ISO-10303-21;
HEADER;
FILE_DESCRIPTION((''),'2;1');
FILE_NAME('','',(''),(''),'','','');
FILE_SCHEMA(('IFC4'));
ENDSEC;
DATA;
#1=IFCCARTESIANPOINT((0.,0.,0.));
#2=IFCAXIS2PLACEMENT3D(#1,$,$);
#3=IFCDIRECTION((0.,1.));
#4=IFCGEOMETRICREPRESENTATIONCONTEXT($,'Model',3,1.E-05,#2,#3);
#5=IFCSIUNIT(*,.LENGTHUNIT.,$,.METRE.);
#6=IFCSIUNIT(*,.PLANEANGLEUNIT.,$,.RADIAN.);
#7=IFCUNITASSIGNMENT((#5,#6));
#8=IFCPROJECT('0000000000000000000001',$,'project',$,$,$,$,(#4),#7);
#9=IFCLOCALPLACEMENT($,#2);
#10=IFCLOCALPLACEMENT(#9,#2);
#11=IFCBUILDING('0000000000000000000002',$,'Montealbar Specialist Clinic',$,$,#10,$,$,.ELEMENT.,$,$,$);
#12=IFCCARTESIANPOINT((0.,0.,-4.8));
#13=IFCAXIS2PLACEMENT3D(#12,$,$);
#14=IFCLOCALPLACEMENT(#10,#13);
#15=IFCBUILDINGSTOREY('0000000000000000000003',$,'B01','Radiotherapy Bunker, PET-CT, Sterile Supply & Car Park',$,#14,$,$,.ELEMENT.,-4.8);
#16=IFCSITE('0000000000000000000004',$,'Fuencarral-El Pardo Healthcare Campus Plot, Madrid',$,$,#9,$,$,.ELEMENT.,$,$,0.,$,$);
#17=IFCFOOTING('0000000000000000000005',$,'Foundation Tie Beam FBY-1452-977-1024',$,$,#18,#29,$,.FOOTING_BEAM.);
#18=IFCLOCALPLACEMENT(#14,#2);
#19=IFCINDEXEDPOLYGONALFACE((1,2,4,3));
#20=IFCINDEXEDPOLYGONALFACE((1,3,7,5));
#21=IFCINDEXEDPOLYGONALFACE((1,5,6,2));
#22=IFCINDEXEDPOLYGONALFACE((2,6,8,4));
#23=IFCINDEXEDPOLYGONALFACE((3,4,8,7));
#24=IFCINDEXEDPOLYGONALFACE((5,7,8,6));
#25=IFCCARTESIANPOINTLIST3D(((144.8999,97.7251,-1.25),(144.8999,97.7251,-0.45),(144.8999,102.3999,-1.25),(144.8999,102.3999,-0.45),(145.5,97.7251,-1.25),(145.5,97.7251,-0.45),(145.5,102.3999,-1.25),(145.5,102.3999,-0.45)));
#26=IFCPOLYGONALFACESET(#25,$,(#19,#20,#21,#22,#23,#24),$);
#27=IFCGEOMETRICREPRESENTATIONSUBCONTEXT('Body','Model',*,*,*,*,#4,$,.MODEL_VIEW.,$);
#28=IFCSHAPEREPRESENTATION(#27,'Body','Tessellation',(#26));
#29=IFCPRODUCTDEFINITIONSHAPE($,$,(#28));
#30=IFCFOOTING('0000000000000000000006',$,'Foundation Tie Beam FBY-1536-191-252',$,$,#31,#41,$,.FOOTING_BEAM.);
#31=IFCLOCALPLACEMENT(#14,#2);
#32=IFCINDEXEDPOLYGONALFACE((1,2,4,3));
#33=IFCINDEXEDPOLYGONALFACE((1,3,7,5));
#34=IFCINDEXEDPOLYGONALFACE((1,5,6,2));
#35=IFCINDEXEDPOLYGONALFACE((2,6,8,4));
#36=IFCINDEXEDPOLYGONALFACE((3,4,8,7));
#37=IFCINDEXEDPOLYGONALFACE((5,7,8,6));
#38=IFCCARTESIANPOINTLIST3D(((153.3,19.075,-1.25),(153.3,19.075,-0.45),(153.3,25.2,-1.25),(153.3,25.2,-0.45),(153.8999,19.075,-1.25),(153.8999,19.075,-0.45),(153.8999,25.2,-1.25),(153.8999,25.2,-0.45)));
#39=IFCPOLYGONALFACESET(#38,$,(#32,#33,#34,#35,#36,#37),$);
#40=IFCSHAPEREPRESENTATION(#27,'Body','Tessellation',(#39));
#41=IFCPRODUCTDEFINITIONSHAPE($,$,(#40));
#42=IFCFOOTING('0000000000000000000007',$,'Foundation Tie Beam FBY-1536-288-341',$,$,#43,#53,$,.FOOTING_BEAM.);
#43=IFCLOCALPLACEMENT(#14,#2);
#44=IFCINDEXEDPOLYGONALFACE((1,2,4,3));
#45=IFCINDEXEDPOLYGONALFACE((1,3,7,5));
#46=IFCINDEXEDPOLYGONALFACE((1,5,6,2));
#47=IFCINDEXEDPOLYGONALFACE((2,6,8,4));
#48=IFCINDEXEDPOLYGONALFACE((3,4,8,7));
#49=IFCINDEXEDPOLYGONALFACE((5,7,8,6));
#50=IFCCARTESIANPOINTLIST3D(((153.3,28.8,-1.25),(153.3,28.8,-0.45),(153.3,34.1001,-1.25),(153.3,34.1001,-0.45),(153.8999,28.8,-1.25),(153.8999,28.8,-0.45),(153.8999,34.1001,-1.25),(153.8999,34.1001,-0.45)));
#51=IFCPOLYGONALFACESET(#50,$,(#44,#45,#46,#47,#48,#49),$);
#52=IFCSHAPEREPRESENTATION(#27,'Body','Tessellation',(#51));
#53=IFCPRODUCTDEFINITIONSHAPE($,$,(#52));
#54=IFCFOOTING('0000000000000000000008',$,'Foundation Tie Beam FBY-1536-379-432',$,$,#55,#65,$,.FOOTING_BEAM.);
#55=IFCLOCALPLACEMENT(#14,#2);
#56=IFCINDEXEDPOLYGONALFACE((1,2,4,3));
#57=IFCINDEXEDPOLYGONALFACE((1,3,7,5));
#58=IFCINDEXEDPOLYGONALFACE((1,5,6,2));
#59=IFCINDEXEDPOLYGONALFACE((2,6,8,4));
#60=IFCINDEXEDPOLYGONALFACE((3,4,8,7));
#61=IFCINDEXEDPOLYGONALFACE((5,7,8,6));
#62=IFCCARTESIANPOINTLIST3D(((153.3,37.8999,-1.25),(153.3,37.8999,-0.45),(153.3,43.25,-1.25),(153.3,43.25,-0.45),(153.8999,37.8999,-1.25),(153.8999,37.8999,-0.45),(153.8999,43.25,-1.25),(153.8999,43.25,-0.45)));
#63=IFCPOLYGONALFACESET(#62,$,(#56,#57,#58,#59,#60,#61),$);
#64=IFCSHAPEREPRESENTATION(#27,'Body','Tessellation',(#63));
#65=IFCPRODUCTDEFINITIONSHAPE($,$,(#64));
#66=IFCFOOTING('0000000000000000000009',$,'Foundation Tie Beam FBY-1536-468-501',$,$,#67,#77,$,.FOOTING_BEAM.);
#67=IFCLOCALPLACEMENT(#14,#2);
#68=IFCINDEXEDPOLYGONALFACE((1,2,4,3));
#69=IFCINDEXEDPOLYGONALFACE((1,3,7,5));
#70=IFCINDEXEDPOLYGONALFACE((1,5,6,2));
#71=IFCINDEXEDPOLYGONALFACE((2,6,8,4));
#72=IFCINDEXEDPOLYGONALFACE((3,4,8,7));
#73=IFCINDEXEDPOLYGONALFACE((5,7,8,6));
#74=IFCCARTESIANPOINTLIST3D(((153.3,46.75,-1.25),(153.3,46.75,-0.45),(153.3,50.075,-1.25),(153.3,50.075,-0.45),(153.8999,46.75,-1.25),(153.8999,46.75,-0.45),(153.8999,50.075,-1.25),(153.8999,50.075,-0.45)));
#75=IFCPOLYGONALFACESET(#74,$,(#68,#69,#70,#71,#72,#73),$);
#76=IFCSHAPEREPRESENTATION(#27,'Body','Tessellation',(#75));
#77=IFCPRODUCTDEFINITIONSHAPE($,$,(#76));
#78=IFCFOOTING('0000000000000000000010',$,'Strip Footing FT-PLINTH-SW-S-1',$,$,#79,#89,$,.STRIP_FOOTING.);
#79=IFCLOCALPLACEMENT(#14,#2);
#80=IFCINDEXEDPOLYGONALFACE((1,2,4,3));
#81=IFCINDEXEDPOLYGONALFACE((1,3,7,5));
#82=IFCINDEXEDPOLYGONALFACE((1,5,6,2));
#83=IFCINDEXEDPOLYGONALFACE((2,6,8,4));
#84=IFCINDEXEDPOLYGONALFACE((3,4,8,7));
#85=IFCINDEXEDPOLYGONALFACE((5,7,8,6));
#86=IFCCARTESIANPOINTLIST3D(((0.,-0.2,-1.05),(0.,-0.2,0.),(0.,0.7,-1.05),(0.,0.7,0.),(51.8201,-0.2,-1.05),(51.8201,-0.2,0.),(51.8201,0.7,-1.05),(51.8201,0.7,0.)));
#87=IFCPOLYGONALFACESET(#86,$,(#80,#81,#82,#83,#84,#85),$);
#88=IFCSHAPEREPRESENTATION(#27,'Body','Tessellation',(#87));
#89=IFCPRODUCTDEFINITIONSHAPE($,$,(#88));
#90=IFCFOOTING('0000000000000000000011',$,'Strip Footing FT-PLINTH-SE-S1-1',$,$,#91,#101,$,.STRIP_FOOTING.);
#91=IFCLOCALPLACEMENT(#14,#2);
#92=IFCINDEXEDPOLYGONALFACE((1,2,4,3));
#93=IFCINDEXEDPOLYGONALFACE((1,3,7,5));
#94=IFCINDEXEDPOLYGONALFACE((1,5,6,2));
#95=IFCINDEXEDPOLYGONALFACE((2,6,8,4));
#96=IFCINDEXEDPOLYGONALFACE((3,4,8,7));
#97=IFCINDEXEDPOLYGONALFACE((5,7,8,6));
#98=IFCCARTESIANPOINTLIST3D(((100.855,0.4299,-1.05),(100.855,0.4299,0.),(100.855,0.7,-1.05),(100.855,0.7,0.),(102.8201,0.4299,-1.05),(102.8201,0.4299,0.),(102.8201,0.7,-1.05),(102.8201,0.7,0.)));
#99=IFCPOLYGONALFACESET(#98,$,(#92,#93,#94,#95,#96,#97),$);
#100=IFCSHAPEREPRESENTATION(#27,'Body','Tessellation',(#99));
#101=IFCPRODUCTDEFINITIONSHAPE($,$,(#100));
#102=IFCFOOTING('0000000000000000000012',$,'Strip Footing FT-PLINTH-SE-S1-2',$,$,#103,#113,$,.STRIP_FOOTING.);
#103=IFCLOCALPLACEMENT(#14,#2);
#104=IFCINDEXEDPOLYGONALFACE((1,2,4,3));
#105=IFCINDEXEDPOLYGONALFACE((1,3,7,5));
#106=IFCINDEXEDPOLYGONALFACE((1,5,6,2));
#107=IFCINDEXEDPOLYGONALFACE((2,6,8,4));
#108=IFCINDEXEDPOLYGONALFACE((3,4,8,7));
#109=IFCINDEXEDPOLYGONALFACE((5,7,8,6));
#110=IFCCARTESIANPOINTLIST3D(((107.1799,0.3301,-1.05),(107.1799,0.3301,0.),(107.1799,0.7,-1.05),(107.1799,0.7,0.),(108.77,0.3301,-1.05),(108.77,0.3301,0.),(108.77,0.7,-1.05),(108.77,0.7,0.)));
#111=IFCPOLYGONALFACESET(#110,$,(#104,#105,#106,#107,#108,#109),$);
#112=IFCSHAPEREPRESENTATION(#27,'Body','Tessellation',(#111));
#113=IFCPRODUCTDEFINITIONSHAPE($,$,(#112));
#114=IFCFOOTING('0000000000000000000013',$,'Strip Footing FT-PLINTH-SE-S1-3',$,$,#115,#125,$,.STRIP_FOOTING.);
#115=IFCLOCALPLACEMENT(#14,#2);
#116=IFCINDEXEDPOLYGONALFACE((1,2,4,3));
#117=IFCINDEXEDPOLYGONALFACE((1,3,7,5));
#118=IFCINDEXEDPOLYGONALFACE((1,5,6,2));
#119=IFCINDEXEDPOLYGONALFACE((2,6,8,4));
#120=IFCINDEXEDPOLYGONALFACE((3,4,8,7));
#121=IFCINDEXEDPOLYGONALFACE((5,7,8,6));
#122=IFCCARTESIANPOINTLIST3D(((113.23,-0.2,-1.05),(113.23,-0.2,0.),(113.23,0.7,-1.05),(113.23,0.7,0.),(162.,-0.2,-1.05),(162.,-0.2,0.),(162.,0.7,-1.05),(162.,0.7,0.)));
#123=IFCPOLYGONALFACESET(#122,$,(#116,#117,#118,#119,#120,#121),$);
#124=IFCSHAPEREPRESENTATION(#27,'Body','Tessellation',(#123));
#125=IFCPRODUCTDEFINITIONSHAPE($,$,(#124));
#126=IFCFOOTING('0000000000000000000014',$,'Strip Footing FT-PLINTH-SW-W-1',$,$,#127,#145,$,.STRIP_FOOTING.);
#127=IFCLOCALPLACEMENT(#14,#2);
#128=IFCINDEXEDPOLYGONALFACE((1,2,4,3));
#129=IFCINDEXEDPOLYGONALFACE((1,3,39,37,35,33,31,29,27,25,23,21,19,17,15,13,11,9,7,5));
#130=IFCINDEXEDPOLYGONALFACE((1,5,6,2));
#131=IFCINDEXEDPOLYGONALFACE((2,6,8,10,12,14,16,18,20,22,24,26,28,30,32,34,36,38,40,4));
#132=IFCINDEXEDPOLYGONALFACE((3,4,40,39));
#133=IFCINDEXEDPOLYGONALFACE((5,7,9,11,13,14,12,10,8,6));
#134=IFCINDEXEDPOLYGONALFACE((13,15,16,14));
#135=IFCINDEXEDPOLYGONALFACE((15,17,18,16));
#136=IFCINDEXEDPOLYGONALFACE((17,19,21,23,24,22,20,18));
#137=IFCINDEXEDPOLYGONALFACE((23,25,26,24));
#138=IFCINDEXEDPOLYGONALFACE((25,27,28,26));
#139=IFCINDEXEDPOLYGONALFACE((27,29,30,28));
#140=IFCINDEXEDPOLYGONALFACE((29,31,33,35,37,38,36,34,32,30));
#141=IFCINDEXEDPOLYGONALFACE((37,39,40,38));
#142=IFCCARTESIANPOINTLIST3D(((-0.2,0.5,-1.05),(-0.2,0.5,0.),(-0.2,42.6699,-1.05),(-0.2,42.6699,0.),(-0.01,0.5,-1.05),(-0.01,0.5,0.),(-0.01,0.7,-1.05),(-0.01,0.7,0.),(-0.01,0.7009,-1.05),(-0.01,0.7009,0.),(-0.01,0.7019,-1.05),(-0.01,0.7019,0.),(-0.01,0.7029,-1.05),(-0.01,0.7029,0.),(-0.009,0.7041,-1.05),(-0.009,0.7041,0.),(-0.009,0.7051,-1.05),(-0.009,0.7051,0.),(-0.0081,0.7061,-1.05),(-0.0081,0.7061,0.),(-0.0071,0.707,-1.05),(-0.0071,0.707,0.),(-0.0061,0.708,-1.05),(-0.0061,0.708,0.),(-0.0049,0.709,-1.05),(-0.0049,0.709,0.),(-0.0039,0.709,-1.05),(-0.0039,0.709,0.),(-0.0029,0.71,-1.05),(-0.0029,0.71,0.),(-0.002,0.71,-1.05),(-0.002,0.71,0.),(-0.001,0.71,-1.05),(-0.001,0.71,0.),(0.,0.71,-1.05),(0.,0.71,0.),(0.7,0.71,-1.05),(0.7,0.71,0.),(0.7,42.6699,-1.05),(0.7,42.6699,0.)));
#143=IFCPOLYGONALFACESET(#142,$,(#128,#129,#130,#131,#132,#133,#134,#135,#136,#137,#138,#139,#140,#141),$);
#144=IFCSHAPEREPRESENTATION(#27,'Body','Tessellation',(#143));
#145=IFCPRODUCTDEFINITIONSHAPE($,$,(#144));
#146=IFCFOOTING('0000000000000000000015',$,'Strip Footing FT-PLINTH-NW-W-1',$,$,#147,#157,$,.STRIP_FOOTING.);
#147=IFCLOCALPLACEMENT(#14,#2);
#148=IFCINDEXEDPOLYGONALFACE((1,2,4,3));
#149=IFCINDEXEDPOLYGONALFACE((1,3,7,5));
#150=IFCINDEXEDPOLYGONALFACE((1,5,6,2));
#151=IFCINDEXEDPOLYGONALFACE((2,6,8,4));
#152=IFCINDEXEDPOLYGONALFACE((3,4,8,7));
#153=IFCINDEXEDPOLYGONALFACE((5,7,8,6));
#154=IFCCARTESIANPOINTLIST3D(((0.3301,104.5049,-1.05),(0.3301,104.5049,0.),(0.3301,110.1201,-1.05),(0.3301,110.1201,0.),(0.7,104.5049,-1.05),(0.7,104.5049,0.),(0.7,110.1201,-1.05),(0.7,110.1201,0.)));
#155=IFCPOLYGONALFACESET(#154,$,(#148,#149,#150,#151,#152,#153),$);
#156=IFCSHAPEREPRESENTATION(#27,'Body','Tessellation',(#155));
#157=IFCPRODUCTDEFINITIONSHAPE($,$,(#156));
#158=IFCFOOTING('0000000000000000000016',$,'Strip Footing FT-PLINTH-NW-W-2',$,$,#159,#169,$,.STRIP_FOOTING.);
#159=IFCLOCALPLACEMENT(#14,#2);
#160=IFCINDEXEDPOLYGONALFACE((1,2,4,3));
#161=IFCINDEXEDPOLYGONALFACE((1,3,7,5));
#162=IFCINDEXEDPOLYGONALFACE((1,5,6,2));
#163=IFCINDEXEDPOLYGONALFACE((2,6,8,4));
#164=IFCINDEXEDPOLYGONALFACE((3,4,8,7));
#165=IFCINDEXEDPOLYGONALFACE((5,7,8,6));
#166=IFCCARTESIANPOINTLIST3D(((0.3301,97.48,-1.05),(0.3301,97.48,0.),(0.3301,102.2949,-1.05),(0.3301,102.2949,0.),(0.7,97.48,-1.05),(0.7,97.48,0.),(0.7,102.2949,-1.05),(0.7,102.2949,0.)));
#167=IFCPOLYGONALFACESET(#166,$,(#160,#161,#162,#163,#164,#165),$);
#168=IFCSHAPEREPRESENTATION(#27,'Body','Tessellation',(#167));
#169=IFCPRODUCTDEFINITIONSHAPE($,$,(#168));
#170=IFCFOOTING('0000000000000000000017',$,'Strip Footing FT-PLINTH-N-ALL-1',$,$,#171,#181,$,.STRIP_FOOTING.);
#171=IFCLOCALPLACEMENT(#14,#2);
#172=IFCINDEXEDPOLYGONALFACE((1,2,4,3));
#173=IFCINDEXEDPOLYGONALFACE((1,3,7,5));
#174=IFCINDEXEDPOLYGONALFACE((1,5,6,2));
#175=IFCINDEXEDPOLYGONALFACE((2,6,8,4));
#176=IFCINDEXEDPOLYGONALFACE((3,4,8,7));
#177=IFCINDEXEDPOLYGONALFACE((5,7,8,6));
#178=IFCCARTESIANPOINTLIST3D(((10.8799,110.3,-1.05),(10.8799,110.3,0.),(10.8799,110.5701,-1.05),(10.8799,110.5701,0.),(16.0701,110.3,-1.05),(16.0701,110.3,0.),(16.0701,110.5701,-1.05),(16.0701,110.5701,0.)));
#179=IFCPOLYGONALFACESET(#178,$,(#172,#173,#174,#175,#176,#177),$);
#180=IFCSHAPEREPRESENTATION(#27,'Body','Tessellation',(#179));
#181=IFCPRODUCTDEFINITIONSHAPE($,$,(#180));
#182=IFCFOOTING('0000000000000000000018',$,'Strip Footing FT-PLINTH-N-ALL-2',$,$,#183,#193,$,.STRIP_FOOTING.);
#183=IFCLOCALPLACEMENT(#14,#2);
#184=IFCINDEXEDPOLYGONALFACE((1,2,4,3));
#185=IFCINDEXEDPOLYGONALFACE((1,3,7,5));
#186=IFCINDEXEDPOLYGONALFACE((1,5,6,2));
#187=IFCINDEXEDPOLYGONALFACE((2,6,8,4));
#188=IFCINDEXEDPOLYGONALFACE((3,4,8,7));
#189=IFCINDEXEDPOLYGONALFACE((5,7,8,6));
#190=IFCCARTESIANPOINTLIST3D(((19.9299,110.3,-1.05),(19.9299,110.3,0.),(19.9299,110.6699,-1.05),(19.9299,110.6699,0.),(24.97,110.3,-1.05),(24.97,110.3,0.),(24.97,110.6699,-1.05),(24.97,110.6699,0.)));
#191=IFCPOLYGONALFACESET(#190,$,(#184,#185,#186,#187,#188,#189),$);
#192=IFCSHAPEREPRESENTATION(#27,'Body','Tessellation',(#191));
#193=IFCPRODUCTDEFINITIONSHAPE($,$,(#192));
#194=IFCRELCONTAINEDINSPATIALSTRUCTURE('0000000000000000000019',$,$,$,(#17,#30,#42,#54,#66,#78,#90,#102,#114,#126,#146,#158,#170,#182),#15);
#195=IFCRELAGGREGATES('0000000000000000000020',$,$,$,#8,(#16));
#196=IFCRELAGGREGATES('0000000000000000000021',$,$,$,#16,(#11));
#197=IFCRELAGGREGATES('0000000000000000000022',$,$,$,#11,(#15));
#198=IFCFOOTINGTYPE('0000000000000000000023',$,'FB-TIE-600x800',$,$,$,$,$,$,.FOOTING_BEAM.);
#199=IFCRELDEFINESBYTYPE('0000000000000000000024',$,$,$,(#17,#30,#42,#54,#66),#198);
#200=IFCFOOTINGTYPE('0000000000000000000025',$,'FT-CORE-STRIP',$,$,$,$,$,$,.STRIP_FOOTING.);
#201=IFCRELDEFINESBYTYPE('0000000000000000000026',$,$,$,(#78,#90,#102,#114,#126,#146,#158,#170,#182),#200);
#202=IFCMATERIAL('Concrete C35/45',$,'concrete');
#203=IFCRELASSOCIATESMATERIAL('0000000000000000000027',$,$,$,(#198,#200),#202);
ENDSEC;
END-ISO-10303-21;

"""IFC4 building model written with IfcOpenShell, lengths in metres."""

from ifc_helpers import new_model, si_unit, direction, frame, origin, place, context, subcontext, project, spatial, polyline, outline, extrude, material, type_object, element, save


model = new_model("IFC4")

# Units and contexts
model_context = context("Model", 3, precision=1e-05, world=origin(), true_north=direction((0.0, 1.0)))
body_context = subcontext(model_context, "Body", "Model", "MODEL_VIEW")
ifc_project = project(units=[si_unit("LENGTHUNIT", "METRE"), si_unit("PLANEANGLEUNIT", "RADIAN")], contexts=[model_context])

# Site, building, storey
site_placement = place(None, origin())
site = spatial("IfcSite", under=ifc_project, at=site_placement, Name="Fuencarral-El Pardo Healthcare Campus Plot, Madrid", CompositionType="ELEMENT", RefElevation=0.0)
building_placement = place(site_placement, origin())
building = spatial("IfcBuilding", under=site, at=building_placement, Name="Montealbar Specialist Clinic", CompositionType="ELEMENT")
storey_placement = place(building_placement, frame((0.0, 0.0, -4.8)))
storey = spatial("IfcBuildingStorey", under=building, at=storey_placement, Name="B01", Description="Radiotherapy Bunker, PET-CT, Sterile Supply & Car Park", CompositionType="ELEMENT", Elevation=-4.8)

# Footings
ifc_material = material(Name="Concrete C35/45", Category="concrete")
footing_type_1 = type_object("IfcFootingType", Name="FB-TIE-600x800", PredefinedType="FOOTING_BEAM", material=ifc_material)
footing_1_placement = place(storey_placement, frame((0.0, 0.0, -1.25)))
element("IfcFooting", 1, at=footing_1_placement, inside=storey, type_object=footing_type_1, Name="Foundation Tie Beam FBY-1452-977-1024", PredefinedType="FOOTING_BEAM", context=body_context, shape_type="SweptSolid", body=[
    extrude(outline(polyline([(144.8999, 97.7251), (145.5, 97.7251), (145.5, 102.3999), (144.8999, 102.3999), (144.8999, 97.7251)])), origin(), (0.0, 0.0, 1.0), 0.8),
])
footing_2_placement = place(storey_placement, frame((0.0, 0.0, -1.25)))
element("IfcFooting", 2, at=footing_2_placement, inside=storey, type_object=footing_type_1, Name="Foundation Tie Beam FBY-1536-191-252", PredefinedType="FOOTING_BEAM", context=body_context, shape_type="SweptSolid", body=[
    extrude(outline(polyline([(153.3, 19.075), (153.8999, 19.075), (153.8999, 25.2), (153.3, 25.2), (153.3, 19.075)])), origin(), (0.0, 0.0, 1.0), 0.8),
])
footing_3_placement = place(storey_placement, frame((0.0, 0.0, -1.25)))
element("IfcFooting", 3, at=footing_3_placement, inside=storey, type_object=footing_type_1, Name="Foundation Tie Beam FBY-1536-288-341", PredefinedType="FOOTING_BEAM", context=body_context, shape_type="SweptSolid", body=[
    extrude(outline(polyline([(153.3, 28.8), (153.8999, 28.8), (153.8999, 34.1001), (153.3, 34.1001), (153.3, 28.8)])), origin(), (0.0, 0.0, 1.0), 0.8),
])
footing_4_placement = place(storey_placement, frame((0.0, 0.0, -1.25)))
element("IfcFooting", 4, at=footing_4_placement, inside=storey, type_object=footing_type_1, Name="Foundation Tie Beam FBY-1536-379-432", PredefinedType="FOOTING_BEAM", context=body_context, shape_type="SweptSolid", body=[
    extrude(outline(polyline([(153.3, 37.8999), (153.8999, 37.8999), (153.8999, 43.25), (153.3, 43.25), (153.3, 37.8999)])), origin(), (0.0, 0.0, 1.0), 0.8),
])
footing_5_placement = place(storey_placement, frame((0.0, 0.0, -1.25)))
element("IfcFooting", 5, at=footing_5_placement, inside=storey, type_object=footing_type_1, Name="Foundation Tie Beam FBY-1536-468-501", PredefinedType="FOOTING_BEAM", context=body_context, shape_type="SweptSolid", body=[
    extrude(outline(polyline([(153.3, 46.75), (153.8999, 46.75), (153.8999, 50.075), (153.3, 50.075), (153.3, 46.75)])), origin(), (0.0, 0.0, 1.0), 0.8),
])
footing_type_2 = type_object("IfcFootingType", Name="FT-CORE-STRIP", PredefinedType="STRIP_FOOTING", material=ifc_material)
footing_6_placement = place(storey_placement, frame((0.0, 0.0, -1.05)))
element("IfcFooting", 6, at=footing_6_placement, inside=storey, type_object=footing_type_2, Name="Strip Footing FT-PLINTH-SW-S-1", PredefinedType="STRIP_FOOTING", context=body_context, shape_type="SweptSolid", body=[
    extrude(outline(polyline([(0.0, 0.7), (51.8201, 0.7), (51.8201, -0.2), (0.0, -0.2), (0.0, 0.7)])), origin(), (0.0, 0.0, 1.0), 1.05),
])
footing_7_placement = place(storey_placement, frame((0.0, 0.0, -1.05)))
element("IfcFooting", 7, at=footing_7_placement, inside=storey, type_object=footing_type_2, Name="Strip Footing FT-PLINTH-SE-S1-1", PredefinedType="STRIP_FOOTING", context=body_context, shape_type="SweptSolid", body=[
    extrude(outline(polyline([(102.8201, 0.4299), (100.855, 0.4299), (100.855, 0.7), (102.8201, 0.7), (102.8201, 0.4299)])), origin(), (0.0, 0.0, 1.0), 1.05),
])
footing_8_placement = place(storey_placement, frame((0.0, 0.0, -1.05)))
element("IfcFooting", 8, at=footing_8_placement, inside=storey, type_object=footing_type_2, Name="Strip Footing FT-PLINTH-SE-S1-2", PredefinedType="STRIP_FOOTING", context=body_context, shape_type="SweptSolid", body=[
    extrude(outline(polyline([(108.77, 0.7), (108.77, 0.3301), (107.1799, 0.3301), (107.1799, 0.7), (108.77, 0.7)])), origin(), (0.0, 0.0, 1.0), 1.05),
])
footing_9_placement = place(storey_placement, frame((0.0, 0.0, -1.05)))
element("IfcFooting", 9, at=footing_9_placement, inside=storey, type_object=footing_type_2, Name="Strip Footing FT-PLINTH-SE-S1-3", PredefinedType="STRIP_FOOTING", context=body_context, shape_type="SweptSolid", body=[
    extrude(outline(polyline([(162.0, -0.2), (113.23, -0.2), (113.23, 0.7), (162.0, 0.7), (162.0, -0.2)])), origin(), (0.0, 0.0, 1.0), 1.05),
])
footing_10_placement = place(storey_placement, frame((0.0, 0.0, -1.05)))
element("IfcFooting", 10, at=footing_10_placement, inside=storey, type_object=footing_type_2, Name="Strip Footing FT-PLINTH-SW-W-1", PredefinedType="STRIP_FOOTING", context=body_context, shape_type="SweptSolid", body=[
    extrude(outline(polyline([(0.0, 0.71), (-0.001, 0.71), (-0.002, 0.71), (-0.0029, 0.71), (-0.0039, 0.709), (-0.0049, 0.709), (-0.0061, 0.708), (-0.0061, 0.708), (-0.0071, 0.707), (-0.0081, 0.7061), (-0.0081, 0.7061), (-0.009, 0.7051), (-0.009, 0.7041), (-0.01, 0.7029), (-0.01, 0.7019), (-0.01, 0.7009), (-0.01, 0.7), (-0.01, 0.5), (-0.2, 0.5), (-0.2, 42.6699), (0.7, 42.6699), (0.7, 0.71), (0.0, 0.71)])), origin(), (0.0, 0.0, 1.0), 1.05),
])
footing_11_placement = place(storey_placement, frame((0.0, 0.0, -1.05)))
element("IfcFooting", 11, at=footing_11_placement, inside=storey, type_object=footing_type_2, Name="Strip Footing FT-PLINTH-NW-W-1", PredefinedType="STRIP_FOOTING", context=body_context, shape_type="SweptSolid", body=[
    extrude(outline(polyline([(0.3301, 110.1201), (0.7, 110.1201), (0.7, 104.5049), (0.3301, 104.5049), (0.3301, 110.1201)])), origin(), (0.0, 0.0, 1.0), 1.05),
])
footing_12_placement = place(storey_placement, frame((0.0, 0.0, -1.05)))
element("IfcFooting", 12, at=footing_12_placement, inside=storey, type_object=footing_type_2, Name="Strip Footing FT-PLINTH-NW-W-2", PredefinedType="STRIP_FOOTING", context=body_context, shape_type="SweptSolid", body=[
    extrude(outline(polyline([(0.7, 102.2949), (0.7, 97.48), (0.3301, 97.48), (0.3301, 102.2949), (0.7, 102.2949)])), origin(), (0.0, 0.0, 1.0), 1.05),
])
footing_13_placement = place(storey_placement, frame((0.0, 0.0, -1.05)))
element("IfcFooting", 13, at=footing_13_placement, inside=storey, type_object=footing_type_2, Name="Strip Footing FT-PLINTH-N-ALL-1", PredefinedType="STRIP_FOOTING", context=body_context, shape_type="SweptSolid", body=[
    extrude(outline(polyline([(16.0701, 110.3), (10.8799, 110.3), (10.8799, 110.5701), (16.0701, 110.5701), (16.0701, 110.3)])), origin(), (0.0, 0.0, 1.0), 1.05),
])
footing_14_placement = place(storey_placement, frame((0.0, 0.0, -1.05)))
element("IfcFooting", 14, at=footing_14_placement, inside=storey, type_object=footing_type_2, Name="Strip Footing FT-PLINTH-N-ALL-2", PredefinedType="STRIP_FOOTING", context=body_context, shape_type="SweptSolid", body=[
    extrude(outline(polyline([(19.9299, 110.3), (19.9299, 110.6699), (24.97, 110.6699), (24.97, 110.3), (19.9299, 110.3)])), origin(), (0.0, 0.0, 1.0), 1.05),
])

save(model, "model.ifc")
